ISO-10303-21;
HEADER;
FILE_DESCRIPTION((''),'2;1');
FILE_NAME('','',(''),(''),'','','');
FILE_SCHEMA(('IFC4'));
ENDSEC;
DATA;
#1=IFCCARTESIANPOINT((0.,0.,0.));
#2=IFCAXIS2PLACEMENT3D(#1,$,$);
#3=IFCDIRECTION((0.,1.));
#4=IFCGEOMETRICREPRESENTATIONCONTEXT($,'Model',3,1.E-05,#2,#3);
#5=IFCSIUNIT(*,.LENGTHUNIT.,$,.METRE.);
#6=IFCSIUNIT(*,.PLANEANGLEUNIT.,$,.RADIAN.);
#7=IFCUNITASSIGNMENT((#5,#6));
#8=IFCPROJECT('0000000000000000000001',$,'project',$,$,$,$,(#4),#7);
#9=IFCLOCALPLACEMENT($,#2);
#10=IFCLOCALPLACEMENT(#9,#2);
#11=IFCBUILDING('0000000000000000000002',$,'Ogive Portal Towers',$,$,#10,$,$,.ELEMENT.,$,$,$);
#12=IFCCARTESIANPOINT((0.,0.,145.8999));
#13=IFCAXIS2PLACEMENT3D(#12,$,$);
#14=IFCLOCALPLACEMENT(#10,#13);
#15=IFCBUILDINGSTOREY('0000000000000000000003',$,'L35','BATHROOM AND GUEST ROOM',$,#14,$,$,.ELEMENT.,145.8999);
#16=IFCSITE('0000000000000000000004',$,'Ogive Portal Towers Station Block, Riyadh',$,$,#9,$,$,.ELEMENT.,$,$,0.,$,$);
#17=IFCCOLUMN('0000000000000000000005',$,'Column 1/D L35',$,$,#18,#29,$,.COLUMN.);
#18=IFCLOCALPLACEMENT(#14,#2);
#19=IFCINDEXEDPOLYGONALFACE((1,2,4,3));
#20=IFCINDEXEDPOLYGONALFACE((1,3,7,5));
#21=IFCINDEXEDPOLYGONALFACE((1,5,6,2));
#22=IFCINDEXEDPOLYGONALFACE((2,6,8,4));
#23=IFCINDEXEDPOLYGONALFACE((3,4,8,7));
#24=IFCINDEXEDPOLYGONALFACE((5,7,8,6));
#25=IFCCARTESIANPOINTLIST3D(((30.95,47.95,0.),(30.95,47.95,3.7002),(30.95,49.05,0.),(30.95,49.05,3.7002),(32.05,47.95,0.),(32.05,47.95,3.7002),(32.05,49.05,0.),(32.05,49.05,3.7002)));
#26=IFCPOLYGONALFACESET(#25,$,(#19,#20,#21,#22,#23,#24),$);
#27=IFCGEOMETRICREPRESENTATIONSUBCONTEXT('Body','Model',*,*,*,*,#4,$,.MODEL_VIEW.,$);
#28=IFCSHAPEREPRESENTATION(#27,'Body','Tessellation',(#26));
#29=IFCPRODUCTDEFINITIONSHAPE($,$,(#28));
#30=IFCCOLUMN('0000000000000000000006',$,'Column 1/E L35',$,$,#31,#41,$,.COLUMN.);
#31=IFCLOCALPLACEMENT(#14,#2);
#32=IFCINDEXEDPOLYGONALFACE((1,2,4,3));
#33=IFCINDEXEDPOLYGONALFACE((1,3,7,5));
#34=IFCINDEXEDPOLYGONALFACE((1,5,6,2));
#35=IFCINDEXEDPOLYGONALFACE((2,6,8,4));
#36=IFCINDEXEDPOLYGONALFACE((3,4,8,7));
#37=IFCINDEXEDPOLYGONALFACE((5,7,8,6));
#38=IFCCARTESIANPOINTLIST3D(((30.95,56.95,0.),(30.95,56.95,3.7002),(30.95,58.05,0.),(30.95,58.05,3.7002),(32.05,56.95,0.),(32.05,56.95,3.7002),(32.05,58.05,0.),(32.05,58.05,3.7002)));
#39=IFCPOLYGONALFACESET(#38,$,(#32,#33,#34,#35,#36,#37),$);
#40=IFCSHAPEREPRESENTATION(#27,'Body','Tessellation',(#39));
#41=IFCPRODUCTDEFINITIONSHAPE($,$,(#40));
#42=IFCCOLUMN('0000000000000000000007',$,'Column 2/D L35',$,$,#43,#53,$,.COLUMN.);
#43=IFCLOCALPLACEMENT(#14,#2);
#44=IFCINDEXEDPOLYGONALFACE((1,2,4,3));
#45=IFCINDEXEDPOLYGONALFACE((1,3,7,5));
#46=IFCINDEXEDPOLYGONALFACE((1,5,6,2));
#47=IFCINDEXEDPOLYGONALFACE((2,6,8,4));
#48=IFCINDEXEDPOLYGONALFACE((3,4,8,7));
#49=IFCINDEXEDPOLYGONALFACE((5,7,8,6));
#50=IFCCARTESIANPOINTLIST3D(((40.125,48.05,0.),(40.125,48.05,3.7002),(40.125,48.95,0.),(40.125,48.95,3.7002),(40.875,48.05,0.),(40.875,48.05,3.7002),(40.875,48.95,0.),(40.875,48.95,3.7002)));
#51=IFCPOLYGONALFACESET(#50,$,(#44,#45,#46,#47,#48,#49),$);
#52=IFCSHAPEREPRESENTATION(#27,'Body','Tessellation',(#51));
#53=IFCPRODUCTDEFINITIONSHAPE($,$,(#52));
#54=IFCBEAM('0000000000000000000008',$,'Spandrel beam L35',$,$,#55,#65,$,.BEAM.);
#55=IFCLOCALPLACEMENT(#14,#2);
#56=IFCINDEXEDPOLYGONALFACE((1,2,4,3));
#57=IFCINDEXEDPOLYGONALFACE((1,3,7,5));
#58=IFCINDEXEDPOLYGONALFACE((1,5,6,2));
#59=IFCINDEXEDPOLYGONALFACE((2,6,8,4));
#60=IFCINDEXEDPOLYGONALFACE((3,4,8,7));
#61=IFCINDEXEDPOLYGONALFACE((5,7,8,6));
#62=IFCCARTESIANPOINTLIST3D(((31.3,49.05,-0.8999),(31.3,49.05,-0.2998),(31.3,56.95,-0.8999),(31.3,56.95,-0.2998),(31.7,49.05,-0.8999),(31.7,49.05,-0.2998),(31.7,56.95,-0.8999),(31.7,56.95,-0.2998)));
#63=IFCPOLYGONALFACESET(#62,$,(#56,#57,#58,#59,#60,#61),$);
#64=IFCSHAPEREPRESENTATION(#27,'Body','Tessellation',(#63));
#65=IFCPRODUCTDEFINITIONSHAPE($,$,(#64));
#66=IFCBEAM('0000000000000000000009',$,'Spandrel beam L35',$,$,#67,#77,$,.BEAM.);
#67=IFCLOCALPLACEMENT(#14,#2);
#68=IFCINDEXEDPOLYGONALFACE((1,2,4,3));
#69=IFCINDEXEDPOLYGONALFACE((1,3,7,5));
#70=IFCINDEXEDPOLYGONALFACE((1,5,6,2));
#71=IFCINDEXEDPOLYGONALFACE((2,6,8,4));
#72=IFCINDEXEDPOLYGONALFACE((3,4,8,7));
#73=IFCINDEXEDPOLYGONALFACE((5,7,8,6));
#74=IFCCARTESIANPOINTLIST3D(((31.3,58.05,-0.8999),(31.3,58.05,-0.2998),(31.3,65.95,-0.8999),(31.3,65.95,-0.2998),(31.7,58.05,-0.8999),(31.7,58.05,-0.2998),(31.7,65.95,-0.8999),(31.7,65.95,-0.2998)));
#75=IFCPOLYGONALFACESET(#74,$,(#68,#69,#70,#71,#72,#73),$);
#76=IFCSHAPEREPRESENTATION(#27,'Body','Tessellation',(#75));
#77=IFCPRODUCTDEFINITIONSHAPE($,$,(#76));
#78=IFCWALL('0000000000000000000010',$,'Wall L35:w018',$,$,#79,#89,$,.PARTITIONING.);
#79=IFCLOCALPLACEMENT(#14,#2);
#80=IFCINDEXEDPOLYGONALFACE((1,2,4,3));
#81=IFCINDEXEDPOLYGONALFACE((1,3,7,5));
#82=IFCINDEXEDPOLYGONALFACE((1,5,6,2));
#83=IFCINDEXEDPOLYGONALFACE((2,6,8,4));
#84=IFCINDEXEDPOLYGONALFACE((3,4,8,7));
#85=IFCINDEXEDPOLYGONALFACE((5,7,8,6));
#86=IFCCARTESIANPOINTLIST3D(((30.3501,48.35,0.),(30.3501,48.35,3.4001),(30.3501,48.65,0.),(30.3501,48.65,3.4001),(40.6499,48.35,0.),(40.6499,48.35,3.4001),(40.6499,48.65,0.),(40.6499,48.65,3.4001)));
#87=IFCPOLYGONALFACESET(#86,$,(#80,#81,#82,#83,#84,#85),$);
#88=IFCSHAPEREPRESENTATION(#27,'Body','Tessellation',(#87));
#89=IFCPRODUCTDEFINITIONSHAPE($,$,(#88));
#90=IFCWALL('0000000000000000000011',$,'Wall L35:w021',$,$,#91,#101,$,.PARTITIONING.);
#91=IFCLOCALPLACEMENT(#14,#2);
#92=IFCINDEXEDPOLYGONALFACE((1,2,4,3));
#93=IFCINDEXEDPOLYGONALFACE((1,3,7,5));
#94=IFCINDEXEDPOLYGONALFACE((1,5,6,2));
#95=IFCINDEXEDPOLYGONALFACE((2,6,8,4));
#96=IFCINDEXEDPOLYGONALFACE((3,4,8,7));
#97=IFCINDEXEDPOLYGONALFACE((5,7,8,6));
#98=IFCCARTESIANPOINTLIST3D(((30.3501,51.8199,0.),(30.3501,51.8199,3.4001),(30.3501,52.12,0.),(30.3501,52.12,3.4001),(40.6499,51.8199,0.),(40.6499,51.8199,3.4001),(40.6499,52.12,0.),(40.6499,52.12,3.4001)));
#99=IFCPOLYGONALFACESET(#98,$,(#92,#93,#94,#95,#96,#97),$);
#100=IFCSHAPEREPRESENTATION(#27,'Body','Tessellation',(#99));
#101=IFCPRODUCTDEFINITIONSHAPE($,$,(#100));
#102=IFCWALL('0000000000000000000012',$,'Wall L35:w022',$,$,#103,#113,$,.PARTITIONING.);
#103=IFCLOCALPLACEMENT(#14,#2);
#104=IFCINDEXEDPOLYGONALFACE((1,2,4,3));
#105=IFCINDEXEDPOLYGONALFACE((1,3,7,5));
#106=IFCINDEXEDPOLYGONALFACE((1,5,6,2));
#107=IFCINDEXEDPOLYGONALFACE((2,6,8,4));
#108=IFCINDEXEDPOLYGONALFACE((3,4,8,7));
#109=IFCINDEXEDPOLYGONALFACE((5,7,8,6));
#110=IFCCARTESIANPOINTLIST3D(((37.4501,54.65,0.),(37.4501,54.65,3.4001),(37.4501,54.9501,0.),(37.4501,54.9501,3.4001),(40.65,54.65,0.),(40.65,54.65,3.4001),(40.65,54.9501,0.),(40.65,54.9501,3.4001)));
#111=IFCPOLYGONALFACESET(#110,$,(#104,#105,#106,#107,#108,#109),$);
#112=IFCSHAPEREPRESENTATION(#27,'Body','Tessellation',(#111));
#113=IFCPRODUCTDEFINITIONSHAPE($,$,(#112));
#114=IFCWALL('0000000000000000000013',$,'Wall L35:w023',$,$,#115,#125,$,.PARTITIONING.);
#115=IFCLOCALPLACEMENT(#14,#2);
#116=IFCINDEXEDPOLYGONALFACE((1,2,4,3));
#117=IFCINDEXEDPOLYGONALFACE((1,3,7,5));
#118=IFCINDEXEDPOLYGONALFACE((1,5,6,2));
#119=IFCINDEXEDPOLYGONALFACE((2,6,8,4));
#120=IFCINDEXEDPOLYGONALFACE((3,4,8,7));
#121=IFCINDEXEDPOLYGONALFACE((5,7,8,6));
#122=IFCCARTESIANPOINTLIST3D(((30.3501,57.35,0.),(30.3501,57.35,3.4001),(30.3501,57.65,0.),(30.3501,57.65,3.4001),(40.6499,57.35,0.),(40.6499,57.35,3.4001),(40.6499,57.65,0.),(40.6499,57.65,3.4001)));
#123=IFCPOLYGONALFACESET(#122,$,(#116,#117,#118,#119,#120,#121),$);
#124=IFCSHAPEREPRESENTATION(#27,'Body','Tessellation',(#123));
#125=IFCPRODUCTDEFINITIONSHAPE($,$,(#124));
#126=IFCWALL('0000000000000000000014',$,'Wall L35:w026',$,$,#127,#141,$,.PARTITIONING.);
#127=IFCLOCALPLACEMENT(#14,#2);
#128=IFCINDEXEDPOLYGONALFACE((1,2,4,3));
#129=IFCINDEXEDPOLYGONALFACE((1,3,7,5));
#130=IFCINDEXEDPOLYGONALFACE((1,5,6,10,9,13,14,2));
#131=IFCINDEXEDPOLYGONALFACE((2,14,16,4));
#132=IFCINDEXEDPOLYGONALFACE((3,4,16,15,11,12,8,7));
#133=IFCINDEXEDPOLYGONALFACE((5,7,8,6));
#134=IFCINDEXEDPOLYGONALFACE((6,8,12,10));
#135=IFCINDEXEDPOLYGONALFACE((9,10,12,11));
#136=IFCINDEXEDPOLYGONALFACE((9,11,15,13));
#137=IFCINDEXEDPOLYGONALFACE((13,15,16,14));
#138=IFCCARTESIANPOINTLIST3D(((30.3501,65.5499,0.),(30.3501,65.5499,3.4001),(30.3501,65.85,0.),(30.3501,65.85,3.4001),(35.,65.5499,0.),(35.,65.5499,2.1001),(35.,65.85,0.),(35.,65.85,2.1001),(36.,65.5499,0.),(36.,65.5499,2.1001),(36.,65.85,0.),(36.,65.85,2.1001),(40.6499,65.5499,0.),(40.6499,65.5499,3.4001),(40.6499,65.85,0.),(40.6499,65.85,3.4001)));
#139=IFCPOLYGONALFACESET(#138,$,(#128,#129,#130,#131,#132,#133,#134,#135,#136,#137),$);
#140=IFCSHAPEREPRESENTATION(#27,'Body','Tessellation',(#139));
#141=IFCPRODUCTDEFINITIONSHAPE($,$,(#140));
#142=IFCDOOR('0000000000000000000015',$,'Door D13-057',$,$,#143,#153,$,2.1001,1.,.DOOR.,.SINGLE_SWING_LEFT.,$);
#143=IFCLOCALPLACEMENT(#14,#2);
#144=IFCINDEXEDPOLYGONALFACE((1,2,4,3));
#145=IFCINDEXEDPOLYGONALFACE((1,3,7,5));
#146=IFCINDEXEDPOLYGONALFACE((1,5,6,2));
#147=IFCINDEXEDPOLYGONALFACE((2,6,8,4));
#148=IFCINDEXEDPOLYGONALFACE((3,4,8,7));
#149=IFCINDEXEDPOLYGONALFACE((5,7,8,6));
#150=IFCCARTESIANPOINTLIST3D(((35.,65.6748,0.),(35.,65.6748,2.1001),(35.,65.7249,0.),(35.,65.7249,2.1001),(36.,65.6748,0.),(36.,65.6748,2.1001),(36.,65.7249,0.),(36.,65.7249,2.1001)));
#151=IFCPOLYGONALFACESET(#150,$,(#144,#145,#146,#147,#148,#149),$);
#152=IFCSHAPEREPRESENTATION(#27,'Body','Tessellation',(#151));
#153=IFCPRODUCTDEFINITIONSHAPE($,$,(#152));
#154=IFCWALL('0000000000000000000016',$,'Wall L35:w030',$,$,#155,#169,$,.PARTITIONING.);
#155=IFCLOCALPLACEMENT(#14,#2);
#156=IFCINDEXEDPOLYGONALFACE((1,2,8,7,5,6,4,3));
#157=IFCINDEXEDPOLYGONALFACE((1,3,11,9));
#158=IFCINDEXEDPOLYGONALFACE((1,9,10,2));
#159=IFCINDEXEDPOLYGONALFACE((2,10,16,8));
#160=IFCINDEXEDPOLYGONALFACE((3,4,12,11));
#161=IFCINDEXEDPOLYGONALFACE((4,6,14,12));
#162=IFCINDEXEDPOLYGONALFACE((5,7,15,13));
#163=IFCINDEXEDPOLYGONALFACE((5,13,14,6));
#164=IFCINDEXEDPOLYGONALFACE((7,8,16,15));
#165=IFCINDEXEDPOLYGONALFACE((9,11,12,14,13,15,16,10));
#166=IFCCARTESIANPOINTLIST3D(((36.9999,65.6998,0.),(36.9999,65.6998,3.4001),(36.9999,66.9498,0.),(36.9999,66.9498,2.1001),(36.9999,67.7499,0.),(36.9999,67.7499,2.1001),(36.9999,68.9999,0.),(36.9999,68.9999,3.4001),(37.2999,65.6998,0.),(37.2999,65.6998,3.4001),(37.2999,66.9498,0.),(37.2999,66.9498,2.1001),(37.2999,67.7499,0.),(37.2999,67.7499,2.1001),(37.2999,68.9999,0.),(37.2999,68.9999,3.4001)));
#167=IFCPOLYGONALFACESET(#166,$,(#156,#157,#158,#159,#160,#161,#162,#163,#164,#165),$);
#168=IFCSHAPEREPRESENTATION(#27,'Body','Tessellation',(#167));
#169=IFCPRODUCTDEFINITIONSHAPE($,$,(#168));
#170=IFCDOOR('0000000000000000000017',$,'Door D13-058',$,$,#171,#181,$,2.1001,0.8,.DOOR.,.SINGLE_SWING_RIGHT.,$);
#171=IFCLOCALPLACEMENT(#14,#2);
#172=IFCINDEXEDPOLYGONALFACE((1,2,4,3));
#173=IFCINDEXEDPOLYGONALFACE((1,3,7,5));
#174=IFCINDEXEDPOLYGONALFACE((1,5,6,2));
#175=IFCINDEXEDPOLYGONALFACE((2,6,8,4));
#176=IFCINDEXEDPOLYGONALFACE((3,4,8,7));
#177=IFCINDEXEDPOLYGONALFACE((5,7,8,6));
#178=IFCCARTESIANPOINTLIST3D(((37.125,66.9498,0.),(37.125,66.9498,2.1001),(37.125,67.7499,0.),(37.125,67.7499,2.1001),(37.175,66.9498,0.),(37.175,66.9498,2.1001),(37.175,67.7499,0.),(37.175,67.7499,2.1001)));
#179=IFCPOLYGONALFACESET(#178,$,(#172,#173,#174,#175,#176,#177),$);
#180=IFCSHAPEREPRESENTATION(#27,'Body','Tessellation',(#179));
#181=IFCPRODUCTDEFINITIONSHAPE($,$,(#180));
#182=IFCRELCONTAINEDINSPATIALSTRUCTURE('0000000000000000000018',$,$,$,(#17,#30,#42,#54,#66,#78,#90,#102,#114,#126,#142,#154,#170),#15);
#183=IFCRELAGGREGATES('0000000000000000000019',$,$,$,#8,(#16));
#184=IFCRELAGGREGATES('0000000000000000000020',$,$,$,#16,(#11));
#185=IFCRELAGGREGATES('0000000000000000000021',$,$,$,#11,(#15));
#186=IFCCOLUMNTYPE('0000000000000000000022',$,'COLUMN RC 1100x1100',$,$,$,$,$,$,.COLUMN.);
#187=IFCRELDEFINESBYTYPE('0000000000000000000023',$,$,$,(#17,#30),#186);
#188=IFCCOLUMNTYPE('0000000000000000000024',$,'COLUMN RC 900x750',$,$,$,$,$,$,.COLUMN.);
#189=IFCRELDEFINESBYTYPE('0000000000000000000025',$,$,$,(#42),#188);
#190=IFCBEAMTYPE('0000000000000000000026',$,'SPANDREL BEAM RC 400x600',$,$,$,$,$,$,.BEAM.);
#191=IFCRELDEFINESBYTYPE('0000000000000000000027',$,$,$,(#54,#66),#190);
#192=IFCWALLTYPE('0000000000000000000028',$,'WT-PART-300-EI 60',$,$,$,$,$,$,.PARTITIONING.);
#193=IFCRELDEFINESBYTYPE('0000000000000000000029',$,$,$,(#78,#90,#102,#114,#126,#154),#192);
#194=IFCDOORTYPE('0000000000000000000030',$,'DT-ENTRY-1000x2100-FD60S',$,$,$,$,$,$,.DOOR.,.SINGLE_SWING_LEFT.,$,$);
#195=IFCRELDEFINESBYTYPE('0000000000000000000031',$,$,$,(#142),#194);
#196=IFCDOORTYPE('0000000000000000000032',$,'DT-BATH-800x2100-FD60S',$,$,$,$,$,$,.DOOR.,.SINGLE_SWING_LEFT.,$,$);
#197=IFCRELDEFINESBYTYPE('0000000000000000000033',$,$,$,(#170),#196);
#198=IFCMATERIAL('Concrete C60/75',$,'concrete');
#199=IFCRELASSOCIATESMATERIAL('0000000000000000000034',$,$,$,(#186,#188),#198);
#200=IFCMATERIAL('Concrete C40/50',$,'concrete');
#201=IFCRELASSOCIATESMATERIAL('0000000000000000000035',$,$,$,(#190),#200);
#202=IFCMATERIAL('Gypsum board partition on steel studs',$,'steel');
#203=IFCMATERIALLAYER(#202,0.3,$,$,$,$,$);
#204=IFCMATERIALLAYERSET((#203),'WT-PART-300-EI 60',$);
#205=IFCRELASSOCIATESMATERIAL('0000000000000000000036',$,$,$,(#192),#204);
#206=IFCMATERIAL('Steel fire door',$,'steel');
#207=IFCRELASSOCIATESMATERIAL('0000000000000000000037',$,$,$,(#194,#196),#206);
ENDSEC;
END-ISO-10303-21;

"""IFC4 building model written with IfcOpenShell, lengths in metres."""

from ifc_helpers import new_model, si_unit, direction, frame, frame_2d, origin, origin_2d, place, context, subcontext, project, spatial, rectangle, extrude, material, layer, layer_set, material_profile, profile_set, type_object, element, fill, save


model = new_model("IFC4")

# Units and contexts
model_context = context("Model", 3, precision=1e-05, world=origin(), true_north=direction((0.0, 1.0)))
body_context = subcontext(model_context, "Body", "Model", "MODEL_VIEW")
ifc_project = project(units=[si_unit("LENGTHUNIT", "METRE"), si_unit("PLANEANGLEUNIT", "RADIAN")], contexts=[model_context])

# Site, building, storey
site_placement = place(None, origin())
site = spatial("IfcSite", under=ifc_project, at=site_placement, Name="Ogive Portal Towers Station Block, Riyadh", CompositionType="ELEMENT", RefElevation=0.0)
building_placement = place(site_placement, origin())
building = spatial("IfcBuilding", under=site, at=building_placement, Name="Ogive Portal Towers", CompositionType="ELEMENT")
storey_placement = place(building_placement, frame((0.0, 0.0, 145.8999)))
storey = spatial("IfcBuildingStorey", under=building, at=storey_placement, Name="L35", Description="BATHROOM AND GUEST ROOM", CompositionType="ELEMENT", Elevation=145.8999)

# Columns
ifc_material_1 = material(Name="Concrete C60/75", Category="concrete")
ifc_material_profile_1 = material_profile(ifc_material_1, rectangle(XDim=1.1001, YDim=1.1001, at=origin_2d()), Name="RC 1100x1100")
ifc_profile_set_1 = profile_set([ifc_material_profile_1], Name="Concrete C60/75")
column_type_1 = type_object("IfcColumnType", Name="COLUMN RC 1100x1100", PredefinedType="COLUMN", material=ifc_profile_set_1)
for number, where, z_axis, x_axis, name in (
    (1, (31.5, 48.5, 0.0), (0.0, 0.0, 1.0), (1.0, 0.0, 0.0), "Column 1/D L35"),
    (2, (31.5, 57.5, 0.0), (0.0, 0.0, 1.0), (1.0, 0.0, 0.0), "Column 1/E L35"),
):
    element("IfcColumn", number, at=place(storey_placement, frame(where, z_axis=z_axis, x_axis=x_axis)), inside=storey, type_object=column_type_1, Name=name, PredefinedType="COLUMN", context=body_context, shape_type="SweptSolid", body=[
        extrude(rectangle(XDim=1.1001, YDim=1.1001, at=origin_2d()), origin(), (0.0, 0.0, 1.0), 3.7002),
    ])
ifc_material_profile_2 = material_profile(ifc_material_1, rectangle(XDim=0.8999, YDim=0.75, at=origin_2d()), Name="RC 900x750")
ifc_profile_set_2 = profile_set([ifc_material_profile_2], Name="Concrete C60/75")
column_type_2 = type_object("IfcColumnType", Name="COLUMN RC 900x750", PredefinedType="COLUMN", material=ifc_profile_set_2)
column_placement = place(storey_placement, frame((40.5, 48.5, 0.0), z_axis=(0.0, 0.0, 1.0), x_axis=(0.0, 1.0, 0.0)))
element("IfcColumn", 3, at=column_placement, inside=storey, type_object=column_type_2, Name="Column 2/D L35", PredefinedType="COLUMN", context=body_context, shape_type="SweptSolid", body=[
    extrude(rectangle(XDim=0.8999, YDim=0.75, at=origin_2d()), origin(), (0.0, 0.0, 1.0), 3.7002),
])

# Beams
ifc_material_2 = material(Name="Concrete C40/50", Category="concrete")
ifc_material_profile_3 = material_profile(ifc_material_2, rectangle(XDim=0.3999, YDim=0.6001, at=origin_2d()), Name="RC 400x600")
ifc_profile_set_3 = profile_set([ifc_material_profile_3], Name="Concrete C40/50")
beam_type = type_object("IfcBeamType", Name="SPANDREL BEAM RC 400x600", PredefinedType="BEAM", material=ifc_profile_set_3)
for number, where, z_axis, x_axis, name in (
    (4, (31.5, 49.05, -0.5999), (0.0, 1.0, 0.0), (-1.0, 0.0, 0.0), "Spandrel beam L35"),
    (5, (31.5, 58.05, -0.5999), (0.0, 1.0, 0.0), (-1.0, 0.0, 0.0), "Spandrel beam L35"),
):
    element("IfcBeam", number, at=place(storey_placement, frame(where, z_axis=z_axis, x_axis=x_axis)), inside=storey, type_object=beam_type, Name=name, PredefinedType="BEAM", context=body_context, shape_type="SweptSolid", body=[
        extrude(rectangle(XDim=0.3999, YDim=0.6001, at=origin_2d()), origin(), (0.0, 0.0, 1.0), 7.8999),
    ])

# Walls
ifc_material_3 = material(Name="Gypsum board partition on steel studs", Category="steel")
ifc_layer_1 = layer(ifc_material_3, 0.3)
ifc_layer_set_1 = layer_set([ifc_layer_1], Name="WT-PART-300-EI 60")
wall_type = type_object("IfcWallType", Name="WT-PART-300-EI 60", PredefinedType="PARTITIONING", material=ifc_layer_set_1)
for number, where, z_axis, x_axis, name in (
    (6, (30.3501, 48.5, 0.0), (0.0, 0.0, 1.0), (1.0, 0.0, 0.0), "Wall L35:w018"),
    (7, (30.3501, 51.97, 0.0), (0.0, 0.0, 1.0), (1.0, 0.0, 0.0), "Wall L35:w021"),
):
    element("IfcWall", number, at=place(storey_placement, frame(where, z_axis=z_axis, x_axis=x_axis)), inside=storey, type_object=wall_type, Name=name, PredefinedType="PARTITIONING", context=body_context, shape_type="SweptSolid", body=[
        extrude(rectangle(XDim=10.2998, YDim=0.3, at=frame_2d((5.1499, 0.0))), origin(), (0.0, 0.0, 1.0), 3.4001),
    ])
wall_1_placement = place(storey_placement, frame((37.45, 54.8, 0.0), z_axis=(0.0, 0.0, 1.0), x_axis=(1.0, 0.0, 0.0)))
element("IfcWall", 8, at=wall_1_placement, inside=storey, type_object=wall_type, Name="Wall L35:w022", PredefinedType="PARTITIONING", context=body_context, shape_type="SweptSolid", body=[
    extrude(rectangle(XDim=3.2, YDim=0.3, at=frame_2d((1.6001, 0.0))), origin(), (0.0, 0.0, 1.0), 3.4001),
])
wall_2_placement = place(storey_placement, frame((30.3501, 57.5, 0.0), z_axis=(0.0, 0.0, 1.0), x_axis=(1.0, 0.0, 0.0)))
element("IfcWall", 9, at=wall_2_placement, inside=storey, type_object=wall_type, Name="Wall L35:w023", PredefinedType="PARTITIONING", context=body_context, shape_type="SweptSolid", body=[
    extrude(rectangle(XDim=10.2998, YDim=0.3, at=frame_2d((5.1499, 0.0))), origin(), (0.0, 0.0, 1.0), 3.4001),
])

# Walls, openings, doors
wall_3_placement = place(storey_placement, frame((30.3501, 65.7, 0.0), z_axis=(0.0, 0.0, 1.0), x_axis=(1.0, 0.0, 0.0)))
wall_3 = element("IfcWall", 10, at=wall_3_placement, inside=storey, type_object=wall_type, Name="Wall L35:w026", PredefinedType="PARTITIONING", context=body_context, shape_type="SweptSolid", body=[
    extrude(rectangle(XDim=10.2998, YDim=0.3, at=frame_2d((5.1499, 0.0))), origin(), (0.0, 0.0, 1.0), 3.4001),
])
opening_1_placement = place(wall_3_placement, frame((4.6499, 0.0, 0.0)))
opening_1 = element("IfcOpeningElement", 11, at=opening_1_placement, cuts=wall_3, PredefinedType="OPENING", context=body_context, shape_type="SweptSolid", body=[
    extrude(rectangle(XDim=1.0, YDim=2.1001, at=frame_2d((0.5, 1.05))), frame((0.0, 0.1602, 0.0), z_axis=(0.0, -1.0, 0.0), x_axis=(1.0, 0.0, 0.0)), (0.0, 0.0, 1.0), 0.3201),
])
ifc_material_4 = material(Name="Steel fire door", Category="steel")
door_type_1 = type_object("IfcDoorType", Name="DT-ENTRY-1000x2100-FD60S", OperationType="SINGLE_SWING_LEFT", PredefinedType="DOOR", material=ifc_material_4)
door_1_placement = place(opening_1_placement, origin())
door_1 = element("IfcDoor", 12, at=door_1_placement, inside=storey, type_object=door_type_1, Name="Door D13-057", OperationType="SINGLE_SWING_LEFT", OverallHeight=2.1001, OverallWidth=1.0, PredefinedType="DOOR", context=body_context, shape_type="SweptSolid", body=[
    extrude(rectangle(XDim=1.0, YDim=2.1001, at=frame_2d((0.5, 1.05))), frame((0.0, 0.0249, 0.0), z_axis=(0.0, -1.0, 0.0), x_axis=(1.0, 0.0, 0.0)), (0.0, 0.0, 1.0), 0.05),
])
fill(opening_1, door_1)
wall_4_placement = place(storey_placement, frame((37.1499, 65.7, 0.0), z_axis=(0.0, 0.0, 1.0), x_axis=(0.0, 1.0, 0.0)))
wall_4 = element("IfcWall", 13, at=wall_4_placement, inside=storey, type_object=wall_type, Name="Wall L35:w030", PredefinedType="PARTITIONING", context=body_context, shape_type="SweptSolid", body=[
    extrude(rectangle(XDim=3.3, YDim=0.3, at=frame_2d((1.6499, 0.0))), origin(), (0.0, 0.0, 1.0), 3.4001),
])
opening_2_placement = place(wall_4_placement, frame((1.25, 0.0, 0.0)))
opening_2 = element("IfcOpeningElement", 14, at=opening_2_placement, cuts=wall_4, PredefinedType="OPENING", context=body_context, shape_type="SweptSolid", body=[
    extrude(rectangle(XDim=0.8, YDim=2.1001, at=frame_2d((0.3999, 1.05))), frame((0.0, 0.1602, 0.0), z_axis=(0.0, -1.0, 0.0), x_axis=(1.0, 0.0, 0.0)), (0.0, 0.0, 1.0), 0.3201),
])
door_type_2 = type_object("IfcDoorType", Name="DT-BATH-800x2100-FD60S", OperationType="SINGLE_SWING_LEFT", PredefinedType="DOOR", material=ifc_material_4)
door_2_placement = place(opening_2_placement, origin())
door_2 = element("IfcDoor", 15, at=door_2_placement, inside=storey, type_object=door_type_2, Name="Door D13-058", OperationType="SINGLE_SWING_RIGHT", OverallHeight=2.1001, OverallWidth=0.8, PredefinedType="DOOR", context=body_context, shape_type="SweptSolid", body=[
    extrude(rectangle(XDim=0.8, YDim=2.1001, at=frame_2d((0.3999, 1.05))), frame((0.0, 0.0249, 0.0), z_axis=(0.0, -1.0, 0.0), x_axis=(1.0, 0.0, 0.0)), (0.0, 0.0, 1.0), 0.05),
])
fill(opening_2, door_2)

save(model, "model.ifc")
